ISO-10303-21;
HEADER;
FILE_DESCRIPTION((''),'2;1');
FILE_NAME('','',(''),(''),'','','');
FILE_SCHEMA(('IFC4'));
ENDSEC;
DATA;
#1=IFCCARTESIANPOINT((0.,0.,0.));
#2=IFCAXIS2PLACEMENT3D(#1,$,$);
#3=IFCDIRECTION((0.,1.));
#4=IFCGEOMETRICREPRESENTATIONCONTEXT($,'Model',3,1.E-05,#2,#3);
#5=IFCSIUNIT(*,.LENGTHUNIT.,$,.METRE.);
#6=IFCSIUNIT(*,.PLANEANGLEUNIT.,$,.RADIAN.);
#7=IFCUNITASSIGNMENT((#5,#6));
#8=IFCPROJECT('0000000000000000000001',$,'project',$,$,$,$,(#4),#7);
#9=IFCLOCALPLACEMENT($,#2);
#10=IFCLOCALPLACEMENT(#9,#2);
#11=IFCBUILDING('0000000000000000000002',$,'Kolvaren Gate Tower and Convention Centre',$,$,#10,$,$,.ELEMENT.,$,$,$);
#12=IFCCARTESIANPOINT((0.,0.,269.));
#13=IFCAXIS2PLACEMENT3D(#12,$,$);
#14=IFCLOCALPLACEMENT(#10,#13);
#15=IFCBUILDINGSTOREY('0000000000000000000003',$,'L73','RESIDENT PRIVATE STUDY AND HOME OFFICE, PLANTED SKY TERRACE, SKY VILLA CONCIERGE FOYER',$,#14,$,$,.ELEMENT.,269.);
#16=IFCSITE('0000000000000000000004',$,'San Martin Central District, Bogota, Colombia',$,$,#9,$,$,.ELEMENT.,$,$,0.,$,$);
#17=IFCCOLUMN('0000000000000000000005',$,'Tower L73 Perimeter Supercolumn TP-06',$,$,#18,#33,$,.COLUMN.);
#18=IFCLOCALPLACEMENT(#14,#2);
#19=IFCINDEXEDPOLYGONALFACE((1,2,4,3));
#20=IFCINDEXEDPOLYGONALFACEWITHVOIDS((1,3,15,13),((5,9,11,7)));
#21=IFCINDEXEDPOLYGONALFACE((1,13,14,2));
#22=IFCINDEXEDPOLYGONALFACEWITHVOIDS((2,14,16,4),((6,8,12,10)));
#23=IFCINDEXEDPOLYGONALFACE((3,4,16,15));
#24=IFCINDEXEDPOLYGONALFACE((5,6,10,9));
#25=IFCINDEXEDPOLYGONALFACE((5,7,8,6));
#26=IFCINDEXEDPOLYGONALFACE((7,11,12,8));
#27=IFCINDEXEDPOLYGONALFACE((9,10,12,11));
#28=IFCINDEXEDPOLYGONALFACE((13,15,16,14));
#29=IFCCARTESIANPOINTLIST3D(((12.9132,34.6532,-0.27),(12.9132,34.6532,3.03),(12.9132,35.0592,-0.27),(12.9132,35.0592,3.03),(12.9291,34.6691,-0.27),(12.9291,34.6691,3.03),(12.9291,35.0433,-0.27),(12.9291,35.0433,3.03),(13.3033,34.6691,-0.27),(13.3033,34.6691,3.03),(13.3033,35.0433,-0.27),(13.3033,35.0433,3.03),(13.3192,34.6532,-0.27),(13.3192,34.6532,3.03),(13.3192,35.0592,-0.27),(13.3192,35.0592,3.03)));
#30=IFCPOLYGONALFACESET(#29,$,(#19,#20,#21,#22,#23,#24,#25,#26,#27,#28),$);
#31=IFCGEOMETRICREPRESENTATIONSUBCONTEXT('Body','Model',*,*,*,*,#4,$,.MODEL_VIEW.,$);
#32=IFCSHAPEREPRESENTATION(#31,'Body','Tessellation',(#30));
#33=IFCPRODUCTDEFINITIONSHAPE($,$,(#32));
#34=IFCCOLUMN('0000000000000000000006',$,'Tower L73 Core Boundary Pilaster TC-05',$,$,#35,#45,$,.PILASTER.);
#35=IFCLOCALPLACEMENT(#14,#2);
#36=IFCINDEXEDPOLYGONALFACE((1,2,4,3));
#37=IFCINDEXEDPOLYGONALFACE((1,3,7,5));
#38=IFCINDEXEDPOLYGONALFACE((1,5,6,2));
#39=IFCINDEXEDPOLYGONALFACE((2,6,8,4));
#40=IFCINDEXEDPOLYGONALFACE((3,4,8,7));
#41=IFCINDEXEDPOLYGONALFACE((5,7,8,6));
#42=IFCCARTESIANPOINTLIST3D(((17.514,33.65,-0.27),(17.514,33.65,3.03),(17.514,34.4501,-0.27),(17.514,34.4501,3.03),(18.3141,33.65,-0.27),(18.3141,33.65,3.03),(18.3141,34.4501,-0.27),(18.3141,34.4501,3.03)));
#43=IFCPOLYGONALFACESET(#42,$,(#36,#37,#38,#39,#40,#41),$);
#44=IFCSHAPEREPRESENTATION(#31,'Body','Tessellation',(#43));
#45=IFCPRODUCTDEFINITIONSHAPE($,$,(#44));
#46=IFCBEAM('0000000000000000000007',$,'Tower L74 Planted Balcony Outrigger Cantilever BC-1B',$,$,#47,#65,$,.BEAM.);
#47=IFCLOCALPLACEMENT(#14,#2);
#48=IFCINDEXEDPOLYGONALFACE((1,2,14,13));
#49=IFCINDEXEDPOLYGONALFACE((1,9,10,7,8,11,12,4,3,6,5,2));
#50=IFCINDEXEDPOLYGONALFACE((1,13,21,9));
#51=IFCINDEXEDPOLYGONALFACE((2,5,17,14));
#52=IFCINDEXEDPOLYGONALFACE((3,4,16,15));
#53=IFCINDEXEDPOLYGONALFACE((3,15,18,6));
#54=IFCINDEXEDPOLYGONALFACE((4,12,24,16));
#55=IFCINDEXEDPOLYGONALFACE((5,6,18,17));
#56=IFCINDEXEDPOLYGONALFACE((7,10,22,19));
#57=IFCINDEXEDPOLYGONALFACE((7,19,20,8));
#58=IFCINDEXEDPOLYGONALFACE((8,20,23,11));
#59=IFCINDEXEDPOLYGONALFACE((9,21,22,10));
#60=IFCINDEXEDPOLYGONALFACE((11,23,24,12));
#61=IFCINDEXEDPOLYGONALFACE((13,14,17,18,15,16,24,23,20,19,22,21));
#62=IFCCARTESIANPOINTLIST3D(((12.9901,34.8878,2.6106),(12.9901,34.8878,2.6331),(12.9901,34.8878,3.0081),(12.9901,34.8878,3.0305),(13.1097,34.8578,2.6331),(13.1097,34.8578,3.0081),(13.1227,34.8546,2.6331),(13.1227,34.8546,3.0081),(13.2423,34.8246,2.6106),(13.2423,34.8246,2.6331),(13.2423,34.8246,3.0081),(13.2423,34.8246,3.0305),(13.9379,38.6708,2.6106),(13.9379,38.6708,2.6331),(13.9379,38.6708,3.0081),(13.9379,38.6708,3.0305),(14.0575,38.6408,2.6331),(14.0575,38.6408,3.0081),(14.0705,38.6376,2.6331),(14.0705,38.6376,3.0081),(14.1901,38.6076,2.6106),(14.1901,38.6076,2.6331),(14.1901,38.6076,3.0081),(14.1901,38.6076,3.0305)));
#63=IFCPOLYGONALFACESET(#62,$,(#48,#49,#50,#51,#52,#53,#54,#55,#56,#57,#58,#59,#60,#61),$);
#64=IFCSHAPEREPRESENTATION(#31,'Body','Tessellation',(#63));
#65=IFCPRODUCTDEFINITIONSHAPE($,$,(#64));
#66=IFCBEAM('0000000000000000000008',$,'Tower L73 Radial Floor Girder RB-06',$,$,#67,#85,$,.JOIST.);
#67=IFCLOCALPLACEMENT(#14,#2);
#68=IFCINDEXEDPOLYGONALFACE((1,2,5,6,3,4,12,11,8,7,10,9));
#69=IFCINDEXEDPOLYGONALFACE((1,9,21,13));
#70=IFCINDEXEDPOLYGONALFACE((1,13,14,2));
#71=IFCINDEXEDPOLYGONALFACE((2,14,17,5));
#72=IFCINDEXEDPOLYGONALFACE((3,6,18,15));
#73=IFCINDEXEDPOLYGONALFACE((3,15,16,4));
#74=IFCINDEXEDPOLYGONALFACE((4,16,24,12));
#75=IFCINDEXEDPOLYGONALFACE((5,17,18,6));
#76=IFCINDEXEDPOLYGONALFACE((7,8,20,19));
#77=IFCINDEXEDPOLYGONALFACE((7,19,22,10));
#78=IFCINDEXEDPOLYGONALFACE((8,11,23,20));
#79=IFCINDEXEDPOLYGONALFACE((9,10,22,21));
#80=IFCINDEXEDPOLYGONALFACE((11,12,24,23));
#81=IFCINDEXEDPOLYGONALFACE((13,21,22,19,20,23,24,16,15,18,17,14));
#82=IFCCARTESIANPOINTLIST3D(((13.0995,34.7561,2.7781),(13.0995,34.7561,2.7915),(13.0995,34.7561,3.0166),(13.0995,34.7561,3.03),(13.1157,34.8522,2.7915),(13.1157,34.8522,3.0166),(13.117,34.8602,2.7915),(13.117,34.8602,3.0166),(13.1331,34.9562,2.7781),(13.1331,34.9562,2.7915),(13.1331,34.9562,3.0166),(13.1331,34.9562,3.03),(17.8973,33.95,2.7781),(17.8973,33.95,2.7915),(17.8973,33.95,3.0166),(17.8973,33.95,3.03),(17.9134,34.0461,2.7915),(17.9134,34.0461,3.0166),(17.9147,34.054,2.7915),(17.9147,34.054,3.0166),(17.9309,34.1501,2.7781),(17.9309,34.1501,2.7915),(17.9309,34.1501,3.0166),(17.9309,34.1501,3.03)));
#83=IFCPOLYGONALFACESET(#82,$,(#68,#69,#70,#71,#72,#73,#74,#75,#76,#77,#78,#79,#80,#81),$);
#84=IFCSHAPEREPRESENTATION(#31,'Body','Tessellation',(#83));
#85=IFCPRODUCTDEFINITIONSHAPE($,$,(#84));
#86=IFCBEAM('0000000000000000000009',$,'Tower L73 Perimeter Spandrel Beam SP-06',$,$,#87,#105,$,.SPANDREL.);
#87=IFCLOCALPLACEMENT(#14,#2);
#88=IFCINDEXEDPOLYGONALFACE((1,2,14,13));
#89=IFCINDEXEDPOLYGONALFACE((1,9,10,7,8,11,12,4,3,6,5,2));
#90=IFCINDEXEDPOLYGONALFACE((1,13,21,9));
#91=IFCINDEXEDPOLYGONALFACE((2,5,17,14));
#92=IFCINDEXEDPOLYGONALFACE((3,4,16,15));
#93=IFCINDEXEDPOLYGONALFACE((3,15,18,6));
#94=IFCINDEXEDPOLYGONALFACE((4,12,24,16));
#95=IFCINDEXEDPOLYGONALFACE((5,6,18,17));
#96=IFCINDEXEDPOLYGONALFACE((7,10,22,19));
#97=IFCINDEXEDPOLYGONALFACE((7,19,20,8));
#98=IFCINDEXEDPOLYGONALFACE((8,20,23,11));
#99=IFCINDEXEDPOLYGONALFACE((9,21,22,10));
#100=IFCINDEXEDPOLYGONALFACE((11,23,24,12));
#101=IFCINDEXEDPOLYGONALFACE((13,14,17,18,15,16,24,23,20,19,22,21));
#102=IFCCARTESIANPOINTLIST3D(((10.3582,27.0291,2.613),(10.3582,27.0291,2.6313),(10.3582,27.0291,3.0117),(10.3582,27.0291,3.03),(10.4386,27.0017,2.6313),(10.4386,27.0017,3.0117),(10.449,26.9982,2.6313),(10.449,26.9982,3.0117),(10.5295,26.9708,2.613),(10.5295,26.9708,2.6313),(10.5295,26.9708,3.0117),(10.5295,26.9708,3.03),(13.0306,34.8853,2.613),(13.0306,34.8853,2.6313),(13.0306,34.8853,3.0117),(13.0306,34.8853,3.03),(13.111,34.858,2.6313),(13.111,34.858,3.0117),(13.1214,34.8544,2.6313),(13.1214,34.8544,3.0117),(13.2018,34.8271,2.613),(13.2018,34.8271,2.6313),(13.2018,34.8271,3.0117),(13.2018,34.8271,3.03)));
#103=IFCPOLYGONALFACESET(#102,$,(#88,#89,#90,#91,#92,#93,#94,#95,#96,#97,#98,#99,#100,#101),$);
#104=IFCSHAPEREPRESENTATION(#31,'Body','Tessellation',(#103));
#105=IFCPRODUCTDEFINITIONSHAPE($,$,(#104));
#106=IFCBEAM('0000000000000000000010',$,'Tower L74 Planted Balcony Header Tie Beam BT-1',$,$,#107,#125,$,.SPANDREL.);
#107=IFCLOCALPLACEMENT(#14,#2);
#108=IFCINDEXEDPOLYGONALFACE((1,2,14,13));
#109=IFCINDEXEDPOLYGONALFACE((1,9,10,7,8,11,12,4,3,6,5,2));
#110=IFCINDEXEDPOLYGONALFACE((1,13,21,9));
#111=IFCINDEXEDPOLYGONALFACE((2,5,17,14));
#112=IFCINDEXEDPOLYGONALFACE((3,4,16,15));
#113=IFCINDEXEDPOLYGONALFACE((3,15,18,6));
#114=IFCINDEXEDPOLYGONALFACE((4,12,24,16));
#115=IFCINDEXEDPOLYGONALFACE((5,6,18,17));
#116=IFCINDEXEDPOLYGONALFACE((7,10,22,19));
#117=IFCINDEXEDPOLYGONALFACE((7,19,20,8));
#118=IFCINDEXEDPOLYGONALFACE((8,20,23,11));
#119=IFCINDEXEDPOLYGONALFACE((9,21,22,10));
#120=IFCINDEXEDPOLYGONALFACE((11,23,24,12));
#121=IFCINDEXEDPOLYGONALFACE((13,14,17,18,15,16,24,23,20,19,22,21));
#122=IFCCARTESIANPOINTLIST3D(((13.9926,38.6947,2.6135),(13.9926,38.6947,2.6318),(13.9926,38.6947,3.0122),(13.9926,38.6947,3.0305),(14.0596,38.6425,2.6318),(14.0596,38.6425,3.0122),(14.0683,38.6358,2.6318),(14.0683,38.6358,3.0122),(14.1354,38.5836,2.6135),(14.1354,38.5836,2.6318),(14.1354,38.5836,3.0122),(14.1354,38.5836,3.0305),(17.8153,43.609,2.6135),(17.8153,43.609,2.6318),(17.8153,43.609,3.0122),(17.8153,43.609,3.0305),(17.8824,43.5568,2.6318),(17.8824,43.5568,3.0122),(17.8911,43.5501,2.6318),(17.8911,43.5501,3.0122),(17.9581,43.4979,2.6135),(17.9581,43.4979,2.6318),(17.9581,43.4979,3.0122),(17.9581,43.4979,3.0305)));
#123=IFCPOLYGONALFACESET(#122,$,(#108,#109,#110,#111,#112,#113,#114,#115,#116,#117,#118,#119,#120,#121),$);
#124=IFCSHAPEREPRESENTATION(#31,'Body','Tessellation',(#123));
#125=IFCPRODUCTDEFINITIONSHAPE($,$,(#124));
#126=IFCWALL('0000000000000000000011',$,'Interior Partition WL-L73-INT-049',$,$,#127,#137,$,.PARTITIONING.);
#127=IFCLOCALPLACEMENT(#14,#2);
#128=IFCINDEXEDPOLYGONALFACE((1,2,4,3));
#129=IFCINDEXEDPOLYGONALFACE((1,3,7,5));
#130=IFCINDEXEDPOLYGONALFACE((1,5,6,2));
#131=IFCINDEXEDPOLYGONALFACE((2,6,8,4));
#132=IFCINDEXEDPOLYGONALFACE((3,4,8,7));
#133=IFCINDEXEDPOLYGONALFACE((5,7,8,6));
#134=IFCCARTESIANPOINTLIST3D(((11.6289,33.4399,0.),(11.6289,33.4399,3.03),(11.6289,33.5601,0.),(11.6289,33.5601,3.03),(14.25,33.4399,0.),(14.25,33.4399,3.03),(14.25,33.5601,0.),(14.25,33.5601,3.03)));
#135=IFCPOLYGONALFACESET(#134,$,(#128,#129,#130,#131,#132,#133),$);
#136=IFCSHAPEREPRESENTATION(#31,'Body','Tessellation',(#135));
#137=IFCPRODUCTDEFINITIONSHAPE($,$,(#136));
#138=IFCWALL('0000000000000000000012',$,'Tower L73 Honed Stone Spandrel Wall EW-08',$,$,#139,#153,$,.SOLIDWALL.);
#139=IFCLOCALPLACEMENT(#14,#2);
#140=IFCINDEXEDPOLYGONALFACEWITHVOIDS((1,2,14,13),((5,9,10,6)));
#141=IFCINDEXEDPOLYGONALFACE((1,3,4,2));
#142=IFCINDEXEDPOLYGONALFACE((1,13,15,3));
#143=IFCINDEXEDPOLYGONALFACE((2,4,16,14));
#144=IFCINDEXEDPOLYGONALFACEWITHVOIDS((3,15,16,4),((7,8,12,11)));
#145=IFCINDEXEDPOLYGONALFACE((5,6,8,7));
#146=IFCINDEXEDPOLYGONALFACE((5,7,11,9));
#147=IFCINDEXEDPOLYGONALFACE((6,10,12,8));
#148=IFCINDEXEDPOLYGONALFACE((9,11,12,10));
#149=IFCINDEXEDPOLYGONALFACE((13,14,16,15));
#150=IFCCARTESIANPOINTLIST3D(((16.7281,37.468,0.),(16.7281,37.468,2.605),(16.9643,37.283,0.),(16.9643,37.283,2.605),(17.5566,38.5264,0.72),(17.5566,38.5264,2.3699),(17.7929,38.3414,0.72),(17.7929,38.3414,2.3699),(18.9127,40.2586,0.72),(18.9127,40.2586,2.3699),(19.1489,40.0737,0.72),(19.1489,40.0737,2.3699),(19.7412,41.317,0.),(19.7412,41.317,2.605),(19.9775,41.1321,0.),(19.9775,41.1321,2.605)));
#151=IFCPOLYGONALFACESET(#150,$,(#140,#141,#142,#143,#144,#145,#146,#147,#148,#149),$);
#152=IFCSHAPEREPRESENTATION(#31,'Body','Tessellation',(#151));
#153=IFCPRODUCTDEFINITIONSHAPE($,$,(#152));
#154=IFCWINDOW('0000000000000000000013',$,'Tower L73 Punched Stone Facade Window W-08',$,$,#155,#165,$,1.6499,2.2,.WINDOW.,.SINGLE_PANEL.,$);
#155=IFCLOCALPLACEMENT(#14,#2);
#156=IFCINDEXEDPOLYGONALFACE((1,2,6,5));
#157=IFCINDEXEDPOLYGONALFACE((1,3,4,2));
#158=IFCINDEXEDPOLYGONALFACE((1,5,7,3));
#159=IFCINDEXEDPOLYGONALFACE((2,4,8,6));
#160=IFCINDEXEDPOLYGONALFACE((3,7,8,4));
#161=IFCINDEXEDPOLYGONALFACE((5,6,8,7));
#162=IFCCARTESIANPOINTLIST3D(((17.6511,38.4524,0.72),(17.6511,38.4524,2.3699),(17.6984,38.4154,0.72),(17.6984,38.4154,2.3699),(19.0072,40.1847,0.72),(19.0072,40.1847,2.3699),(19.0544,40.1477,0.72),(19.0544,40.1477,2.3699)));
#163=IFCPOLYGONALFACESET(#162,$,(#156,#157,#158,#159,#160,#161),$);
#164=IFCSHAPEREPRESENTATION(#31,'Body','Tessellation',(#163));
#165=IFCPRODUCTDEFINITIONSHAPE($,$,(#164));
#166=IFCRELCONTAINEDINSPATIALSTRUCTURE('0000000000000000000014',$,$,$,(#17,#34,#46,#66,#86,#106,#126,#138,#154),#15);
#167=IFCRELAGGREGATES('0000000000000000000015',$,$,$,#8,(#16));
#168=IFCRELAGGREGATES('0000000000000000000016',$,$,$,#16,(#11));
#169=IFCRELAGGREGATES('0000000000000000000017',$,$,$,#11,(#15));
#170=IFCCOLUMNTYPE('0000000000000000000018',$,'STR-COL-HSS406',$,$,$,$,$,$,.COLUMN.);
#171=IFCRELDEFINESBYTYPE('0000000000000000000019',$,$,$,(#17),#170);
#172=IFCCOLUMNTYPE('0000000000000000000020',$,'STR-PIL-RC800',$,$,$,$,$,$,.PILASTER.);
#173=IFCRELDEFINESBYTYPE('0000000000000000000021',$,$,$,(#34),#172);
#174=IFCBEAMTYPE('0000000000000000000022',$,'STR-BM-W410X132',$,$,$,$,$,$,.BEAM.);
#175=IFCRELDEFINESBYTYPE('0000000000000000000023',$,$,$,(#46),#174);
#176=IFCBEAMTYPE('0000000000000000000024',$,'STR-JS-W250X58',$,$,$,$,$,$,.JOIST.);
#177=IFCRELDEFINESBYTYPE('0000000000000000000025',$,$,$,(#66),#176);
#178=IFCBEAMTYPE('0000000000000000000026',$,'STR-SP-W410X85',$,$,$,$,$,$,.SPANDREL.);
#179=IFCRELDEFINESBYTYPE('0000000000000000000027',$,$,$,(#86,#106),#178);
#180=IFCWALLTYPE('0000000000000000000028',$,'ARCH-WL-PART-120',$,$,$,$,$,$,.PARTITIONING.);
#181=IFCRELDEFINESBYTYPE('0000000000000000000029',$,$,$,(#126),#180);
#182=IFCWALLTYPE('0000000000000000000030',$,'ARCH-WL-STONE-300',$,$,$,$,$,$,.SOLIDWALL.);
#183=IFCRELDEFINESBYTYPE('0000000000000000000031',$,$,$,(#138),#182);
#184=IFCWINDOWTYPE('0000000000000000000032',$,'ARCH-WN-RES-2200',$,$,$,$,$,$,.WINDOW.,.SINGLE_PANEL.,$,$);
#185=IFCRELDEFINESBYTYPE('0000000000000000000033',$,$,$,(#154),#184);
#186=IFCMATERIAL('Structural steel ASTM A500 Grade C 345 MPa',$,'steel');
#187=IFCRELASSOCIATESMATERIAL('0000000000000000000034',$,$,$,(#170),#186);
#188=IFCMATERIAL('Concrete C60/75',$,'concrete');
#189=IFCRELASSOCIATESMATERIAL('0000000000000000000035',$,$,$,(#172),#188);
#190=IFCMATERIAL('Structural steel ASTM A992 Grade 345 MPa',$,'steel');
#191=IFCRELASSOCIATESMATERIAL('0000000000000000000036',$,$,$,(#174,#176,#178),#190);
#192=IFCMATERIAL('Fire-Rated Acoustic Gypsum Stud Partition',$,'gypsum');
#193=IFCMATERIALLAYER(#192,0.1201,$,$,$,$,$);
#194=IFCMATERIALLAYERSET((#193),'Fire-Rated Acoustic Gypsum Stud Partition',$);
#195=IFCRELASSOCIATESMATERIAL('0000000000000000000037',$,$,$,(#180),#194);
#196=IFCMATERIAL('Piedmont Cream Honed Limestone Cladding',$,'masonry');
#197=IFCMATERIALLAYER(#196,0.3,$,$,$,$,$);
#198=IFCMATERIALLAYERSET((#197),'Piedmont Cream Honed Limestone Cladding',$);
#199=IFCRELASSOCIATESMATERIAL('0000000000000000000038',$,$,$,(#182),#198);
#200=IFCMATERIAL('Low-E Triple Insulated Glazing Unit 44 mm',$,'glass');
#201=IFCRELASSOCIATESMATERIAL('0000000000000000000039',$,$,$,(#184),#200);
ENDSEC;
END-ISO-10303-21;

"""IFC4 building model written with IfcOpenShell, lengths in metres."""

from ifc_helpers import new_model, si_unit, direction, frame, frame_2d, origin, origin_2d, place, context, subcontext, project, spatial, rectangle, hollow_rectangle, i_section, extrude, material, layer, layer_set, material_profile, profile_set, type_object, element, fill, save


model = new_model("IFC4")

# Units and contexts
model_context = context("Model", 3, precision=1e-05, world=origin(), true_north=direction((0.0, 1.0)))
body_context = subcontext(model_context, "Body", "Model", "MODEL_VIEW")
ifc_project = project(units=[si_unit("LENGTHUNIT", "METRE"), si_unit("PLANEANGLEUNIT", "RADIAN")], contexts=[model_context])

# Site, building, storey
site_placement = place(None, origin())
site = spatial("IfcSite", under=ifc_project, at=site_placement, Name="San Martin Central District, Bogota, Colombia", CompositionType="ELEMENT", RefElevation=0.0)
building_placement = place(site_placement, origin())
building = spatial("IfcBuilding", under=site, at=building_placement, Name="Kolvaren Gate Tower and Convention Centre", CompositionType="ELEMENT")
storey_placement = place(building_placement, frame((0.0, 0.0, 269.0)))
storey = spatial("IfcBuildingStorey", under=building, at=storey_placement, Name="L73", Description="RESIDENT PRIVATE STUDY AND HOME OFFICE, PLANTED SKY TERRACE, SKY VILLA CONCIERGE FOYER", CompositionType="ELEMENT", Elevation=269.0)

# Columns
ifc_material_1 = material(Name="Structural steel ASTM A500 Grade C 345 MPa", Category="steel")
ifc_material_profile_1 = material_profile(ifc_material_1, hollow_rectangle(XDim=0.406, YDim=0.406, WallThickness=0.0159, at=origin_2d()), Name="HSS406X406X15.9")
ifc_profile_set_1 = profile_set([ifc_material_profile_1], Name="Structural steel ASTM A500 Grade C 345 MPa")
column_type_1 = type_object("IfcColumnType", Name="STR-COL-HSS406", PredefinedType="COLUMN", material=ifc_profile_set_1)
column_1_placement = place(storey_placement, frame((13.1162, 34.8562, -0.27), z_axis=(0.0, 0.0, 1.0), x_axis=(1.0, 0.0, 0.0)))
element("IfcColumn", 1, at=column_1_placement, inside=storey, type_object=column_type_1, Name="Tower L73 Perimeter Supercolumn TP-06", PredefinedType="COLUMN", context=body_context, shape_type="SweptSolid", body=[
    extrude(hollow_rectangle(XDim=0.406, YDim=0.406, WallThickness=0.0159, at=origin_2d()), origin(), (0.0, 0.0, 1.0), 3.3),
])
ifc_material_2 = material(Name="Concrete C60/75", Category="concrete")
ifc_material_profile_2 = material_profile(ifc_material_2, rectangle(XDim=0.8, YDim=0.8, at=origin_2d()), Name="RC-COL-800X800")
ifc_profile_set_2 = profile_set([ifc_material_profile_2], Name="Concrete C60/75")
column_type_2 = type_object("IfcColumnType", Name="STR-PIL-RC800", PredefinedType="PILASTER", material=ifc_profile_set_2)
column_2_placement = place(storey_placement, frame((17.9141, 34.05, -0.27), z_axis=(0.0, 0.0, 1.0), x_axis=(1.0, 0.0, 0.0)))
element("IfcColumn", 2, at=column_2_placement, inside=storey, type_object=column_type_2, Name="Tower L73 Core Boundary Pilaster TC-05", PredefinedType="PILASTER", context=body_context, shape_type="SweptSolid", body=[
    extrude(rectangle(XDim=0.8, YDim=0.8, at=origin_2d()), origin(), (0.0, 0.0, 1.0), 3.3),
])

# Beams
ifc_material_3 = material(Name="Structural steel ASTM A992 Grade 345 MPa", Category="steel")
ifc_material_profile_3 = material_profile(ifc_material_3, i_section(OverallWidth=0.26, OverallDepth=0.4199, WebThickness=0.0134, FlangeThickness=0.0225, at=origin_2d()), Name="W410X132")
ifc_profile_set_3 = profile_set([ifc_material_profile_3], Name="Structural steel ASTM A992 Grade 345 MPa")
beam_type_1 = type_object("IfcBeamType", Name="STR-BM-W410X132", PredefinedType="BEAM", material=ifc_profile_set_3)
beam_1_placement = place(storey_placement, frame((13.1162, 34.8562, 2.8206), z_axis=(0.243022, 0.970021, 0.0), x_axis=(-0.970021, 0.243022, 0.0)))
element("IfcBeam", 3, at=beam_1_placement, inside=storey, type_object=beam_type_1, Name="Tower L74 Planted Balcony Outrigger Cantilever BC-1B", PredefinedType="BEAM", context=body_context, shape_type="SweptSolid", body=[
    extrude(i_section(OverallWidth=0.26, OverallDepth=0.4199, WebThickness=0.0134, FlangeThickness=0.0225, at=origin_2d()), origin(), (0.0, 0.0, 1.0), 3.8999),
])
ifc_material_profile_4 = material_profile(ifc_material_3, i_section(OverallWidth=0.2029, OverallDepth=0.252, WebThickness=0.0081, FlangeThickness=0.0134, at=origin_2d()), Name="W250X58")
ifc_profile_set_4 = profile_set([ifc_material_profile_4], Name="Structural steel ASTM A992 Grade 345 MPa")
beam_type_2 = type_object("IfcBeamType", Name="STR-JS-W250X58", PredefinedType="JOIST", material=ifc_profile_set_4)
beam_2_placement = place(storey_placement, frame((17.9141, 34.05, 2.9041), z_axis=(-0.986176, 0.165701, 0.0), x_axis=(-0.165701, -0.986176, 0.0)))
element("IfcBeam", 4, at=beam_2_placement, inside=storey, type_object=beam_type_2, Name="Tower L73 Radial Floor Girder RB-06", PredefinedType="JOIST", context=body_context, shape_type="SweptSolid", body=[
    extrude(i_section(OverallWidth=0.2029, OverallDepth=0.252, WebThickness=0.0081, FlangeThickness=0.0134, at=origin_2d()), origin(), (0.0, 0.0, 1.0), 4.865),
])
ifc_material_profile_5 = material_profile(ifc_material_3, i_section(OverallWidth=0.1809, OverallDepth=0.417, WebThickness=0.011, FlangeThickness=0.0183, at=origin_2d()), Name="W410X85")
ifc_profile_set_5 = profile_set([ifc_material_profile_5], Name="Structural steel ASTM A992 Grade 345 MPa")
beam_type_3 = type_object("IfcBeamType", Name="STR-SP-W410X85", PredefinedType="SPANDREL", material=ifc_profile_set_5)
beam_3_placement = place(storey_placement, frame((13.1162, 34.8562, 2.8215), z_axis=(-0.322038, -0.946727, 0.0), x_axis=(0.946727, -0.322038, 0.0)))
element("IfcBeam", 5, at=beam_3_placement, inside=storey, type_object=beam_type_3, Name="Tower L73 Perimeter Spandrel Beam SP-06", PredefinedType="SPANDREL", context=body_context, shape_type="SweptSolid", body=[
    extrude(i_section(OverallWidth=0.1809, OverallDepth=0.417, WebThickness=0.011, FlangeThickness=0.0183, at=origin_2d()), origin(), (0.0, 0.0, 1.0), 8.2983),
])
beam_4_placement = place(storey_placement, frame((17.8867, 43.5535, 2.822), z_axis=(-0.613992, -0.789312, 0.0), x_axis=(0.789312, -0.613992, 0.0)))
element("IfcBeam", 6, at=beam_4_placement, inside=storey, type_object=beam_type_3, Name="Tower L74 Planted Balcony Header Tie Beam BT-1", PredefinedType="SPANDREL", context=body_context, shape_type="SweptSolid", body=[
    extrude(i_section(OverallWidth=0.1809, OverallDepth=0.417, WebThickness=0.011, FlangeThickness=0.0183, at=origin_2d()), origin(), (0.0, 0.0, 1.0), 6.2261),
])

# Wall
ifc_material_4 = material(Name="Fire-Rated Acoustic Gypsum Stud Partition", Category="gypsum")
ifc_layer_1 = layer(ifc_material_4, 0.1201)
ifc_layer_set_1 = layer_set([ifc_layer_1], Name="Fire-Rated Acoustic Gypsum Stud Partition")
wall_type_1 = type_object("IfcWallType", Name="ARCH-WL-PART-120", PredefinedType="PARTITIONING", material=ifc_layer_set_1)
wall_1_placement = place(storey_placement, frame((11.6289, 33.5, 0.0), z_axis=(0.0, 0.0, 1.0), x_axis=(1.0, 0.0, 0.0)))
element("IfcWall", 7, at=wall_1_placement, inside=storey, type_object=wall_type_1, Name="Interior Partition WL-L73-INT-049", PredefinedType="PARTITIONING", context=body_context, shape_type="SweptSolid", body=[
    extrude(rectangle(XDim=2.6211, YDim=0.1201, at=frame_2d((1.3105, 0.0))), origin(), (0.0, 0.0, 1.0), 3.03),
])

# Wall, opening, window
ifc_material_5 = material(Name="Piedmont Cream Honed Limestone Cladding", Category="masonry")
ifc_layer_2 = layer(ifc_material_5, 0.3)
ifc_layer_set_2 = layer_set([ifc_layer_2], Name="Piedmont Cream Honed Limestone Cladding")
wall_type_2 = type_object("IfcWallType", Name="ARCH-WL-STONE-300", PredefinedType="SOLIDWALL", material=ifc_layer_set_2)
wall_2_placement = place(storey_placement, frame((16.8462, 37.3755, 0.0), z_axis=(0.0, 0.0, 1.0), x_axis=(0.616413, 0.787423, 0.0)))
wall_2 = element("IfcWall", 8, at=wall_2_placement, inside=storey, type_object=wall_type_2, Name="Tower L73 Honed Stone Spandrel Wall EW-08", PredefinedType="SOLIDWALL", context=body_context, shape_type="SweptSolid", body=[
    extrude(rectangle(XDim=4.8882, YDim=0.3, at=frame_2d((2.4441, 0.0))), origin(), (0.0, 0.0, 1.0), 2.605),
])
opening_1_placement = place(wall_2_placement, frame((1.344, 0.0, 0.72)))
opening_1 = element("IfcOpeningElement", 9, at=opening_1_placement, cuts=wall_2, PredefinedType="OPENING", context=body_context, shape_type="SweptSolid", body=[
    extrude(rectangle(XDim=2.2, YDim=1.6499, at=frame_2d((1.1001, 0.825))), frame((0.0, 0.1599, 0.0), z_axis=(0.0, -1.0, 0.0), x_axis=(1.0, 0.0, 0.0)), (0.0, 0.0, 1.0), 0.3201),
])
ifc_material_6 = material(Name="Low-E Triple Insulated Glazing Unit 44 mm", Category="glass")
window_type_1 = type_object("IfcWindowType", Name="ARCH-WN-RES-2200", PartitioningType="SINGLE_PANEL", PredefinedType="WINDOW", material=ifc_material_6)
window_1_placement = place(opening_1_placement, origin())
window_1 = element("IfcWindow", 10, at=window_1_placement, inside=storey, type_object=window_type_1, Name="Tower L73 Punched Stone Facade Window W-08", OverallHeight=1.6499, OverallWidth=2.2, PartitioningType="SINGLE_PANEL", PredefinedType="WINDOW", context=body_context, shape_type="SweptSolid", body=[
    extrude(rectangle(XDim=2.2, YDim=1.6499, at=frame_2d((1.1001, 0.825))), frame((0.0, 0.03, 0.0), z_axis=(0.0, -1.0, 0.0), x_axis=(1.0, 0.0, 0.0)), (0.0, 0.0, 1.0), 0.0601),
])
fill(opening_1, window_1)

save(model, "model.ifc")
